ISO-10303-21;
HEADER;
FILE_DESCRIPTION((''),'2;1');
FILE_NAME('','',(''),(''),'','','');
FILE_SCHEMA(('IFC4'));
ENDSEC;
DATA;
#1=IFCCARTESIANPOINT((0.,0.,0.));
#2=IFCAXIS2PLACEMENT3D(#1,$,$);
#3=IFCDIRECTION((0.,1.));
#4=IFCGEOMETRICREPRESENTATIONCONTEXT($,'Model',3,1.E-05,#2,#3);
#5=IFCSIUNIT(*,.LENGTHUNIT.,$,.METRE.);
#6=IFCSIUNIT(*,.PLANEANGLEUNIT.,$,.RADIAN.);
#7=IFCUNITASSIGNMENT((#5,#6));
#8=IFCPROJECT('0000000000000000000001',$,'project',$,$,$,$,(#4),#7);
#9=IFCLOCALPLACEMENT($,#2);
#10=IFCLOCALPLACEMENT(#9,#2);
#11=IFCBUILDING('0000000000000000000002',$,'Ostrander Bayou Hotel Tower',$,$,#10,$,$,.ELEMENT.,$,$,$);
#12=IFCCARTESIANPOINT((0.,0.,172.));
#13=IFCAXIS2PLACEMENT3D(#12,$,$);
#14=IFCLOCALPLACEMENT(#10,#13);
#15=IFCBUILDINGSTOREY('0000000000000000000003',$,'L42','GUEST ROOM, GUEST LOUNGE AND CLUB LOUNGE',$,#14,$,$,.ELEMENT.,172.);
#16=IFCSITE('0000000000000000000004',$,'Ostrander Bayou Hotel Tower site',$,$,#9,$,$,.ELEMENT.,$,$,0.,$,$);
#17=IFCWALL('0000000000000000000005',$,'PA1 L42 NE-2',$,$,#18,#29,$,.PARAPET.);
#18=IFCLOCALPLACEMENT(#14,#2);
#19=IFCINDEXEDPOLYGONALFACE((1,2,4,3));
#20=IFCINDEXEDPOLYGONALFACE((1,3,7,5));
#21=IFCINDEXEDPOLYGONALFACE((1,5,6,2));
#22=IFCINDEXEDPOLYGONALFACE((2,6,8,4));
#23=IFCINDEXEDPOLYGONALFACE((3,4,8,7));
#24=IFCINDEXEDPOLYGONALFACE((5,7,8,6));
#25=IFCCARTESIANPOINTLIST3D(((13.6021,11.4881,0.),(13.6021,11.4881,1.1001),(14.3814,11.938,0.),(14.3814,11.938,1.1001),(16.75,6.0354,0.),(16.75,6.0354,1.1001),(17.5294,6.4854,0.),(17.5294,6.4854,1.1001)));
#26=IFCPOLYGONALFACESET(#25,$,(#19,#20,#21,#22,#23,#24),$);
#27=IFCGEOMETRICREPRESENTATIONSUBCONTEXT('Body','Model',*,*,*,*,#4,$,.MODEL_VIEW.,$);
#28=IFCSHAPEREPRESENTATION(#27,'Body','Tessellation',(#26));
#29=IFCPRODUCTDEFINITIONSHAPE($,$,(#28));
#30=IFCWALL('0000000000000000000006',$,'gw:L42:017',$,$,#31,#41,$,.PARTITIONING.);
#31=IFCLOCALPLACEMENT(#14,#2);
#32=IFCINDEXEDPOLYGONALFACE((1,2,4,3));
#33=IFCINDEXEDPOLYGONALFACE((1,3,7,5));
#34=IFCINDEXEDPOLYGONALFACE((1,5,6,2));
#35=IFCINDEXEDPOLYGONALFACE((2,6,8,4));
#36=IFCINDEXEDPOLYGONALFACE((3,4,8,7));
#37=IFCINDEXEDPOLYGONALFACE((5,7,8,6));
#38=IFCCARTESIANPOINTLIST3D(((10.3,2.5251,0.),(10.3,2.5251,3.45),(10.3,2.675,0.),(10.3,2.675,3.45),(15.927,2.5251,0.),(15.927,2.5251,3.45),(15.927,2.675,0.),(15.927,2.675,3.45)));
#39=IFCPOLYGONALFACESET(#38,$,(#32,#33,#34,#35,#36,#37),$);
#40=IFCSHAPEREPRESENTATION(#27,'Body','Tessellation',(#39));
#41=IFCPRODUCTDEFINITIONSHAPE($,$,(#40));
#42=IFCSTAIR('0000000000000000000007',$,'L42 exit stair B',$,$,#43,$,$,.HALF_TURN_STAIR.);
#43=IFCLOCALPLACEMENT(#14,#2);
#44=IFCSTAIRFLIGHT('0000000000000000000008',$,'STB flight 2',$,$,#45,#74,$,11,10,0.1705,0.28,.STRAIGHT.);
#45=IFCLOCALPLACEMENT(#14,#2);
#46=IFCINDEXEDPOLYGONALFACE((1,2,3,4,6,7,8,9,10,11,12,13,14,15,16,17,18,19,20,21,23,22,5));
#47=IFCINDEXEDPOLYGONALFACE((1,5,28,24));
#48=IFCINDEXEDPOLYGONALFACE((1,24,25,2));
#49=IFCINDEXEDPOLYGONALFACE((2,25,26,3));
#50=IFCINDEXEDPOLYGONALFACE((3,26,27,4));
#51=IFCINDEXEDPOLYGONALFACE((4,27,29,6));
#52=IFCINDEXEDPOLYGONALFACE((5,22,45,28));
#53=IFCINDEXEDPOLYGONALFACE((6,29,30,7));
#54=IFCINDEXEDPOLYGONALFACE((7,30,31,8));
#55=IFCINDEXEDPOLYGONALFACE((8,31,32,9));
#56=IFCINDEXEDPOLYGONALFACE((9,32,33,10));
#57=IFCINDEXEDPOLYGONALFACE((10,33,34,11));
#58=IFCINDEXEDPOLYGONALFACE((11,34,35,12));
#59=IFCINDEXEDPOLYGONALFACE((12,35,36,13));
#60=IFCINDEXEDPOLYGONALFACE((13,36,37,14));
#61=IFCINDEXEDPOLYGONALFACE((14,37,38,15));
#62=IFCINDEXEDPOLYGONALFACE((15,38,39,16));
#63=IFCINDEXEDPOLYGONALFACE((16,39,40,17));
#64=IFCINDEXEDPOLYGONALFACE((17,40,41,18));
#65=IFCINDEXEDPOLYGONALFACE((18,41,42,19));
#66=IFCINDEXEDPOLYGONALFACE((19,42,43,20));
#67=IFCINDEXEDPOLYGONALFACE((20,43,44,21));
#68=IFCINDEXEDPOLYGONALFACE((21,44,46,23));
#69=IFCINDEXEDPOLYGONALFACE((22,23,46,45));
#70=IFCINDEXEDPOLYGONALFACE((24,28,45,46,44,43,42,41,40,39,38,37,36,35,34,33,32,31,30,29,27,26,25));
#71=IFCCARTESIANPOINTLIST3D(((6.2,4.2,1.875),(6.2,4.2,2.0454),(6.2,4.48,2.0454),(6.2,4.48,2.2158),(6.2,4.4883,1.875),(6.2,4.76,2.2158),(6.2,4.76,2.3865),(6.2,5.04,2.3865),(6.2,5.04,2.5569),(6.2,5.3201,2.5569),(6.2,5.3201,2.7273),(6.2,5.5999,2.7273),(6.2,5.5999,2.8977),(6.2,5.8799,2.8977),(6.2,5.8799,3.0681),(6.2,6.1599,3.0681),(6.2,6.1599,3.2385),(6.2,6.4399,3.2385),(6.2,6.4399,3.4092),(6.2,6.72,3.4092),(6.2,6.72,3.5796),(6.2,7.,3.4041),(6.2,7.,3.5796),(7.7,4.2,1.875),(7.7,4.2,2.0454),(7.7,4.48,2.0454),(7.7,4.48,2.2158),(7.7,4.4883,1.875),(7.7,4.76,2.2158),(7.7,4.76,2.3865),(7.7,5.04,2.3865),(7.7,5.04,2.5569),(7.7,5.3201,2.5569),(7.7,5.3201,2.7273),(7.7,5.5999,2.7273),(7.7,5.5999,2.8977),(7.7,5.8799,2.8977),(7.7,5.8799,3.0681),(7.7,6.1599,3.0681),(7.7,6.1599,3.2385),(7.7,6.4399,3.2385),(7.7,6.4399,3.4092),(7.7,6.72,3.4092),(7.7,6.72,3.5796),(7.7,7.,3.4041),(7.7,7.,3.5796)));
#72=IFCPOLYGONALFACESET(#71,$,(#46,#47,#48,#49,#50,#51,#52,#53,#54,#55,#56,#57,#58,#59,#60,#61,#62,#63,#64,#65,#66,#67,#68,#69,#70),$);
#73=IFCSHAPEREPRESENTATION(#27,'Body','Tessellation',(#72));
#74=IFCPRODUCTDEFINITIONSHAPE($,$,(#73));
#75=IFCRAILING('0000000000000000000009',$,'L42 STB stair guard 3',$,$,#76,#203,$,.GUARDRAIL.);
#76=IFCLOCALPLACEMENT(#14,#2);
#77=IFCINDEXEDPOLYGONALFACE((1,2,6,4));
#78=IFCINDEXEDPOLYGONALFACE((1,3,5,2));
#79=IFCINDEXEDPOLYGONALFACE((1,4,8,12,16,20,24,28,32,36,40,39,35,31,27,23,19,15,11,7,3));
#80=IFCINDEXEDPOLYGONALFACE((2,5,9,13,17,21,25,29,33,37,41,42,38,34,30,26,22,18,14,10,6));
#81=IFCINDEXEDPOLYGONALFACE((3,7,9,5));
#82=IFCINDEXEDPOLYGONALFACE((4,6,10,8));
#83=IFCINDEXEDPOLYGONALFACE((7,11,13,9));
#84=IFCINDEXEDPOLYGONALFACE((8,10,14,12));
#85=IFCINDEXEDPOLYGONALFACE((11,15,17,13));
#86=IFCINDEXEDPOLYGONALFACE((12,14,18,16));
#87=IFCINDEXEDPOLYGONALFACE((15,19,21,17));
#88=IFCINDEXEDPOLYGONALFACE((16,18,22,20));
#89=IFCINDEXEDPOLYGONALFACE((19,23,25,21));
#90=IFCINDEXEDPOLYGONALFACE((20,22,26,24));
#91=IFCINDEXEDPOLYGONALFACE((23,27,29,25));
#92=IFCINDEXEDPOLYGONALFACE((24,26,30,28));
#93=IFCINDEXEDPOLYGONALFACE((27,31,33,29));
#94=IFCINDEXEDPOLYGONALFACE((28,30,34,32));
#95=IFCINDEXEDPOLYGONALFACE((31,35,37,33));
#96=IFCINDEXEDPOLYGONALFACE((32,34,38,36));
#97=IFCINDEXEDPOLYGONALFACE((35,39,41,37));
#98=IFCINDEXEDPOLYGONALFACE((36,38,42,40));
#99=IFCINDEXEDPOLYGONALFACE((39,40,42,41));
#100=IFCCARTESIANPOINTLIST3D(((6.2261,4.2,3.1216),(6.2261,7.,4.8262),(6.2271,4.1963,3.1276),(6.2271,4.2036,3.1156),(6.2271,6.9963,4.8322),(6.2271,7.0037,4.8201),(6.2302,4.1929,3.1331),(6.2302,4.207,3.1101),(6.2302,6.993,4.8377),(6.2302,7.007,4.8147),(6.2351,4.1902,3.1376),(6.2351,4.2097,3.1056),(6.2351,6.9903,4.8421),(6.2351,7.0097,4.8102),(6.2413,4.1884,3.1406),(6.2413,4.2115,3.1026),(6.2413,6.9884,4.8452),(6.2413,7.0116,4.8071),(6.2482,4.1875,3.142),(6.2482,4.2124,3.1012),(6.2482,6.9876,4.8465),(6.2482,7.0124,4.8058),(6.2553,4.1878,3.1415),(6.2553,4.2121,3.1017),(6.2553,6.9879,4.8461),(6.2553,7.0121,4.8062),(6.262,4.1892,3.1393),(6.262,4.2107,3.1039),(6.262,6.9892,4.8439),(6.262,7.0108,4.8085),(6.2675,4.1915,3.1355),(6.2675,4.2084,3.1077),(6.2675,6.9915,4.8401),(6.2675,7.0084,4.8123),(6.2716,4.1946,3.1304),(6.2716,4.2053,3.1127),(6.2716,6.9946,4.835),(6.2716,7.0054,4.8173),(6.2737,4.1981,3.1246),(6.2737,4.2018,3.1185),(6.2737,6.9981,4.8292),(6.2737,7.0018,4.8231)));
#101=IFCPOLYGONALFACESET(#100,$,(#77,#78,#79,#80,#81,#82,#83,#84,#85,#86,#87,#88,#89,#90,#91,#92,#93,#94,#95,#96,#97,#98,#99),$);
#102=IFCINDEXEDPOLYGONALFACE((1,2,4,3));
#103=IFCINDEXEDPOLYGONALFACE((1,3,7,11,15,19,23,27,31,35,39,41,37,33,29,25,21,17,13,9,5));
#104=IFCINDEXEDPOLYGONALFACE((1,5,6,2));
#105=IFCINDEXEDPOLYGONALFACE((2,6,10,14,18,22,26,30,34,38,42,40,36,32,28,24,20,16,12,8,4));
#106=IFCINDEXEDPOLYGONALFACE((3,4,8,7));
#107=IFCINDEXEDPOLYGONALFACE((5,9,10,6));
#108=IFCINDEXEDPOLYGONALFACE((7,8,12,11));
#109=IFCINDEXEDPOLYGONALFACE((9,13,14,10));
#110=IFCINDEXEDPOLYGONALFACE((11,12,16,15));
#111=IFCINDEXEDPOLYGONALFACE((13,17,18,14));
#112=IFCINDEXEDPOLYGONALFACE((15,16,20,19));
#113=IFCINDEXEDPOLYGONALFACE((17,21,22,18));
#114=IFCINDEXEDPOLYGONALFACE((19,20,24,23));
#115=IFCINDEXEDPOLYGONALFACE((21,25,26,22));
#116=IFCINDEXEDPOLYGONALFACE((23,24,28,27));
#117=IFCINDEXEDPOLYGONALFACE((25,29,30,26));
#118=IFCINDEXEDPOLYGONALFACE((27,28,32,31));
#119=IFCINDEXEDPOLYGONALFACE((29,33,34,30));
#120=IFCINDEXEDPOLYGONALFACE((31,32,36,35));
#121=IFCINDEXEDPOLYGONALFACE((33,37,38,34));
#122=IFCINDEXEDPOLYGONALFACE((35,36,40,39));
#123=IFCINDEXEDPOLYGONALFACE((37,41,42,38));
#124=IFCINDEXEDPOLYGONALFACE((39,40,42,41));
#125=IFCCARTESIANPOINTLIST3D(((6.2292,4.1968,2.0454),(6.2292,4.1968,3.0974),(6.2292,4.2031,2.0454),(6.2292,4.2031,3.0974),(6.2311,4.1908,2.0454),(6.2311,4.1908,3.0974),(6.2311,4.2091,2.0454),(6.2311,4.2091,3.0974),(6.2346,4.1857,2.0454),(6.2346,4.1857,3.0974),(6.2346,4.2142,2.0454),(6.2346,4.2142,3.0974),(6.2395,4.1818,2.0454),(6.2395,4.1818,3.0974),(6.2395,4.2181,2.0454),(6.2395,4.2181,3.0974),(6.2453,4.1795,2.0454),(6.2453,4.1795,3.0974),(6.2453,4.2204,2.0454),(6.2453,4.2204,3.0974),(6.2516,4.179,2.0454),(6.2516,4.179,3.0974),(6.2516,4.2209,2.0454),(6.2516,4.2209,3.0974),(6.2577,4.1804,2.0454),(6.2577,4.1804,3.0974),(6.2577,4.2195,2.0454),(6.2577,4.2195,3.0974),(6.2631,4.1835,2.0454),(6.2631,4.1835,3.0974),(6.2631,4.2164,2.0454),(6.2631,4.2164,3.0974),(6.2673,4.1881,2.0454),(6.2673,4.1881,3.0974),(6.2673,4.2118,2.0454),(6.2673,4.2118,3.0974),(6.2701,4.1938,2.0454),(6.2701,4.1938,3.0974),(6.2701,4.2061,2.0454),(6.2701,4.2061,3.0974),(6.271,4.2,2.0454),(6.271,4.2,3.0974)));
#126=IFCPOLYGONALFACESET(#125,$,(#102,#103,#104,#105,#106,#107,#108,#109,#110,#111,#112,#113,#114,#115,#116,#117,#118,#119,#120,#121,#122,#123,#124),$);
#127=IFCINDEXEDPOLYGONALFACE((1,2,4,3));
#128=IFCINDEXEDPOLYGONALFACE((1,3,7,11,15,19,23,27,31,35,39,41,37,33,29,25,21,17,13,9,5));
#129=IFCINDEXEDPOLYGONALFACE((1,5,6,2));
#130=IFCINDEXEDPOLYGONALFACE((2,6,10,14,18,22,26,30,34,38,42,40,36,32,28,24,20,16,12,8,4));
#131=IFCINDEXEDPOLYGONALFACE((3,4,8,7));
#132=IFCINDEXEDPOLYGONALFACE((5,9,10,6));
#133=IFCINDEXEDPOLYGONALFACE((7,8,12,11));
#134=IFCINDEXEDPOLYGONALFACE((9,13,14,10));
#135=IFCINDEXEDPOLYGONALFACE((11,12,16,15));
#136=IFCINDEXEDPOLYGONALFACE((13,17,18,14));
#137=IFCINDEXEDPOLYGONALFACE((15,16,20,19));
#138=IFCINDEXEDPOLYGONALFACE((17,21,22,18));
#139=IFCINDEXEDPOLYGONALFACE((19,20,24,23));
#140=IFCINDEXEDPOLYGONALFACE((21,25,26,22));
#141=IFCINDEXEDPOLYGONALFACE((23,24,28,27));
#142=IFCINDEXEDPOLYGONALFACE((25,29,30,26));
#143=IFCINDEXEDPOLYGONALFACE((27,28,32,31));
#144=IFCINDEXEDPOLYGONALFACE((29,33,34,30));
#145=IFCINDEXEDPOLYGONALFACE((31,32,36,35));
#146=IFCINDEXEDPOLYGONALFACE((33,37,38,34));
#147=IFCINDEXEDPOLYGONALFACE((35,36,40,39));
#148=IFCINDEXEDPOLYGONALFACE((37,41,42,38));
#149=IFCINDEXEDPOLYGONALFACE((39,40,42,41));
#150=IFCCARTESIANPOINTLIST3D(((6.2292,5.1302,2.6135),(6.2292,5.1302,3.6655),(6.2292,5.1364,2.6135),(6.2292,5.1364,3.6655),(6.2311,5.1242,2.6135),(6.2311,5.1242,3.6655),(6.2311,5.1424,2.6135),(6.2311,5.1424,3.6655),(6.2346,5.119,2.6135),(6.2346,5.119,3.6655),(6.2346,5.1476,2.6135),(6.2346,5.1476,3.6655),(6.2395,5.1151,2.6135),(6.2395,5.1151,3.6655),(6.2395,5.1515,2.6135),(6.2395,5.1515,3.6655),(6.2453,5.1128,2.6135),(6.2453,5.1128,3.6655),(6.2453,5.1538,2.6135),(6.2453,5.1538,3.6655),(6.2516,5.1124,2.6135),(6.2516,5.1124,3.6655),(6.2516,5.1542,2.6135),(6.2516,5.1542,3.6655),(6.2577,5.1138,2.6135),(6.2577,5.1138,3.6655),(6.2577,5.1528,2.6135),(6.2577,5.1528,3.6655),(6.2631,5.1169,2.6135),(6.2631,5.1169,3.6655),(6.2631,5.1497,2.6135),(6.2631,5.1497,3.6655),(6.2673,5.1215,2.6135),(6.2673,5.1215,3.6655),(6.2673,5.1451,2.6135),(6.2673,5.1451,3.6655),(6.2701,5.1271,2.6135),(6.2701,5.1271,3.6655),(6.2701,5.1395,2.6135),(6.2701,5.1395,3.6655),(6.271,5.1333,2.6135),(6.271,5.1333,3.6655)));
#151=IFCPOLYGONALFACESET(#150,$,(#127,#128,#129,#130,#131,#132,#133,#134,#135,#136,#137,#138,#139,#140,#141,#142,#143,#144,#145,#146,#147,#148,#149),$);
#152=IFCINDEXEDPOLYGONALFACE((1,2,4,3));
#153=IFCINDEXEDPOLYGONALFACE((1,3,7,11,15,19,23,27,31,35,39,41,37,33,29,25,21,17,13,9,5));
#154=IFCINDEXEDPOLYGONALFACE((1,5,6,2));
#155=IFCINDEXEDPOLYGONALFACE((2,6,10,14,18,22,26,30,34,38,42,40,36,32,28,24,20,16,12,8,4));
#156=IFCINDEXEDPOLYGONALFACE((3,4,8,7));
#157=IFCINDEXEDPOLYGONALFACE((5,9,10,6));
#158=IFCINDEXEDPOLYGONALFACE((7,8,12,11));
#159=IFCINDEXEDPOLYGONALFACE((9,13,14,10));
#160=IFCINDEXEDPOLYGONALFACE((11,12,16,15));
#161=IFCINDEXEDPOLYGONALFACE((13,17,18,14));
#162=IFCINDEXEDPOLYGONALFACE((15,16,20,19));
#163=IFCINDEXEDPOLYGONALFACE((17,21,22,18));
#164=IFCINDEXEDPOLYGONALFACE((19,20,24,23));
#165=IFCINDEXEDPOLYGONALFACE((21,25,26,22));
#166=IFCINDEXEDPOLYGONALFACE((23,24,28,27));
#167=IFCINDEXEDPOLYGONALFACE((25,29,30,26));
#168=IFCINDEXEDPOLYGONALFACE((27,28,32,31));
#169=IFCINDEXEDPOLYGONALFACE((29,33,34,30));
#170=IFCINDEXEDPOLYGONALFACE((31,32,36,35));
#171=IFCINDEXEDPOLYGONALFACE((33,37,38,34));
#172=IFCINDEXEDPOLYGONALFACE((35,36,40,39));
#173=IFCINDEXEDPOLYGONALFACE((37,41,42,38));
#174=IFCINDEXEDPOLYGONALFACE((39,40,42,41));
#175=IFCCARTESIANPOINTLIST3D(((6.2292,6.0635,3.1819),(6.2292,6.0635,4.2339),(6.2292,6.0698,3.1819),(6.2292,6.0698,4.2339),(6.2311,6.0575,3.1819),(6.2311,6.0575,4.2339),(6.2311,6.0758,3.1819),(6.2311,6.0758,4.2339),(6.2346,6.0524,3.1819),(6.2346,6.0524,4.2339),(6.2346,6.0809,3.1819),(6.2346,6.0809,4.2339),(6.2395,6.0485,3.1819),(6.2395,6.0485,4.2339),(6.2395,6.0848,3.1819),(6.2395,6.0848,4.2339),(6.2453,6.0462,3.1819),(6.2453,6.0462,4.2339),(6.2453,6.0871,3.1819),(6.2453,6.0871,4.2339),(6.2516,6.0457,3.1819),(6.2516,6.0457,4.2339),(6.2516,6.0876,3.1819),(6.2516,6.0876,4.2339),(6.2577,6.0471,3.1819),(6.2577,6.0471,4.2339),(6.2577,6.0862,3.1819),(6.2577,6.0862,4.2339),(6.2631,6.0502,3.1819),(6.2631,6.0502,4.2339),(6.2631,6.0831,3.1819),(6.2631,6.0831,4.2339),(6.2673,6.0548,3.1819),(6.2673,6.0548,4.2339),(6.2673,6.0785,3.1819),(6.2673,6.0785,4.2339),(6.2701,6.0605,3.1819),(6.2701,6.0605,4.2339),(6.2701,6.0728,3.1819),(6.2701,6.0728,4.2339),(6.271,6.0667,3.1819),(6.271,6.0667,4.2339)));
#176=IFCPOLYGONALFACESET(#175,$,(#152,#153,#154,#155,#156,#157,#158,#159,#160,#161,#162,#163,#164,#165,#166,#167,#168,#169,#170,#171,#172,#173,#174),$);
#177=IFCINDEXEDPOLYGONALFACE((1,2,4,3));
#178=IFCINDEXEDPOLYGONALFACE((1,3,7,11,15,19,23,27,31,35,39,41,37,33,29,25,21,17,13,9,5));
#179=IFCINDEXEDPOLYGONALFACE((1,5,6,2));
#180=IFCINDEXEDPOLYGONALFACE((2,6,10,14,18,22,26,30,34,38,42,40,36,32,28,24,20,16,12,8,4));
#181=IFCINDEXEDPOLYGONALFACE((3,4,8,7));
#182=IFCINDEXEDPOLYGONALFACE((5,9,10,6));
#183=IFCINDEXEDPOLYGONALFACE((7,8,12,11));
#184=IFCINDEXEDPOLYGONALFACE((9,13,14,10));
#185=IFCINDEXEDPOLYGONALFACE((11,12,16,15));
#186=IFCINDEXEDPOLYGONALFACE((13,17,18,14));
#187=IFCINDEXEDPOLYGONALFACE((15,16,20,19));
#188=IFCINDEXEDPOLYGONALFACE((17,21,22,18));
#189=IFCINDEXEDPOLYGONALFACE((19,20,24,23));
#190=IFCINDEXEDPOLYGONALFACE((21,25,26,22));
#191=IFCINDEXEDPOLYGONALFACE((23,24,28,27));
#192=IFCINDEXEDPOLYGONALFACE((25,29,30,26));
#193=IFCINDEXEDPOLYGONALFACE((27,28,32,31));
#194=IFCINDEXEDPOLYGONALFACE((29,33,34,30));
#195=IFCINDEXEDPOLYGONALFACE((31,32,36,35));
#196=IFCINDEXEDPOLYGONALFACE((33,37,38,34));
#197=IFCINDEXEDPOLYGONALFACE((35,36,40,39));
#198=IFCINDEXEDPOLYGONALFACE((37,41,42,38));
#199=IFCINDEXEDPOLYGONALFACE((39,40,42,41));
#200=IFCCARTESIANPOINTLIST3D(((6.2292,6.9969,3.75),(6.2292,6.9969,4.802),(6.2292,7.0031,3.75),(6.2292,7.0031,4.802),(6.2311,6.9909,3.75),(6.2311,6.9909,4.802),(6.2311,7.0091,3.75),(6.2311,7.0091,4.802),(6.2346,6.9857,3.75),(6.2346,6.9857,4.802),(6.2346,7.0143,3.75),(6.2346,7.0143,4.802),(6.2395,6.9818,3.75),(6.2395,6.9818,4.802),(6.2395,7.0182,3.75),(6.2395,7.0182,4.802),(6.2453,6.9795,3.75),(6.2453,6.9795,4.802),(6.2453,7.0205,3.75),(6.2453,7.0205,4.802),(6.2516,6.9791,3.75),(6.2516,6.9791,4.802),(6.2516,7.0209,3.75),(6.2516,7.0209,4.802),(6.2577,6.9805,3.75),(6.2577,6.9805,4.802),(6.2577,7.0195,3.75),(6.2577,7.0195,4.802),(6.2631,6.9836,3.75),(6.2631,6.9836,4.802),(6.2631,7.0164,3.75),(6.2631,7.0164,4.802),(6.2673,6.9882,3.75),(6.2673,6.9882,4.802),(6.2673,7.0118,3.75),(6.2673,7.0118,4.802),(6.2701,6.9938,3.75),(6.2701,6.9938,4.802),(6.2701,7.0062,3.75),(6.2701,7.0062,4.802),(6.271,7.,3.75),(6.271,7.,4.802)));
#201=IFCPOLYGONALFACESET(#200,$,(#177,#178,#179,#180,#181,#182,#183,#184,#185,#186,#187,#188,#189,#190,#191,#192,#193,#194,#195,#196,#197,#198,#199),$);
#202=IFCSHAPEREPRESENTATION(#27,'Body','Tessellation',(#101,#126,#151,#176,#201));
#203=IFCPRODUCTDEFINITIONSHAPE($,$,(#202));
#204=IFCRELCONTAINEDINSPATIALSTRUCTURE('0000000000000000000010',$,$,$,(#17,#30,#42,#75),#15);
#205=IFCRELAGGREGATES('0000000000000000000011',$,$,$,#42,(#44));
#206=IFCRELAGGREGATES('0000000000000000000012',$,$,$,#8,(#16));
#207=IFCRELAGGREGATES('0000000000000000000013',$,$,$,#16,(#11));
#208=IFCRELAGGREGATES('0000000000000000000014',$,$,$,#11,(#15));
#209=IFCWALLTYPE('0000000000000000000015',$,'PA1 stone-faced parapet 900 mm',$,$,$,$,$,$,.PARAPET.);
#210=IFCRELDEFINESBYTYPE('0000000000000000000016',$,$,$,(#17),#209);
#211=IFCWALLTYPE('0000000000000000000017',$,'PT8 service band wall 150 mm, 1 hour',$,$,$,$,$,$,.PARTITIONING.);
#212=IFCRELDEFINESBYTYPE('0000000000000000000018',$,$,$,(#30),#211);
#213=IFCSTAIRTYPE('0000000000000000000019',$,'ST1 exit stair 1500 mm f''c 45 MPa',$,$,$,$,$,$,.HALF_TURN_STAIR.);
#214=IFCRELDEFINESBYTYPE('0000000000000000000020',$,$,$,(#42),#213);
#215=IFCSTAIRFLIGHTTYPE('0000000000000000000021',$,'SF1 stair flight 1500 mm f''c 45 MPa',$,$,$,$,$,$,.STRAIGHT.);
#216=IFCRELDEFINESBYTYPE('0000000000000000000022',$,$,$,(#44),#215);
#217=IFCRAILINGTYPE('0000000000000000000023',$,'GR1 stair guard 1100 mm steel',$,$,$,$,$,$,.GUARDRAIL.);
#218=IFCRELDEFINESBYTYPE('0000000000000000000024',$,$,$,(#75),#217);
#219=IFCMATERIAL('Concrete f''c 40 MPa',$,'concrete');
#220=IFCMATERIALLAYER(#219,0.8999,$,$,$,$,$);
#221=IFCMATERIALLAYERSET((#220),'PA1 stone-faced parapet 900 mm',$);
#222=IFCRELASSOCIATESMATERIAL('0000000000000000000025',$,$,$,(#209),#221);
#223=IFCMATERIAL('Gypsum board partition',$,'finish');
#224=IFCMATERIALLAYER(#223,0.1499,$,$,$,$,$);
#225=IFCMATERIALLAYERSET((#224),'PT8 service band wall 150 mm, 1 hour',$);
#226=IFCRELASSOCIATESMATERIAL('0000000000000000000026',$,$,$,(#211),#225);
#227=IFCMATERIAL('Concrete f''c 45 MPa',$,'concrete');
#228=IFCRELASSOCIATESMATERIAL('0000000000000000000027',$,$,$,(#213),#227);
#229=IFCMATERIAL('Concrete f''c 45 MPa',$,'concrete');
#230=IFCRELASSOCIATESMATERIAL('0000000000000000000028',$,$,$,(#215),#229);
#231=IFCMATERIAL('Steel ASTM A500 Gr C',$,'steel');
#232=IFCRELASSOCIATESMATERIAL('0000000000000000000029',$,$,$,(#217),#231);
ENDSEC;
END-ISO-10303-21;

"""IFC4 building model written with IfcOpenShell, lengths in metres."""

from ifc_helpers import new_model, si_unit, direction, frame, frame_2d, origin, origin_2d, place, context, subcontext, project, spatial, polyline, rectangle, circle, outline, extrude, material, layer, layer_set, type_object, element, aggregate, save


model = new_model("IFC4")

# Units and contexts
model_context = context("Model", 3, precision=1e-05, world=origin(), true_north=direction((0.0, 1.0)))
body_context = subcontext(model_context, "Body", "Model", "MODEL_VIEW")
ifc_project = project(units=[si_unit("LENGTHUNIT", "METRE"), si_unit("PLANEANGLEUNIT", "RADIAN")], contexts=[model_context])

# Site, building, storey
site_placement = place(None, origin())
site = spatial("IfcSite", under=ifc_project, at=site_placement, Name="Ostrander Bayou Hotel Tower site", CompositionType="ELEMENT", RefElevation=0.0)
building_placement = place(site_placement, origin())
building = spatial("IfcBuilding", under=site, at=building_placement, Name="Ostrander Bayou Hotel Tower", CompositionType="ELEMENT")
storey_placement = place(building_placement, frame((0.0, 0.0, 172.0)))
storey = spatial("IfcBuildingStorey", under=building, at=storey_placement, Name="L42", Description="GUEST ROOM, GUEST LOUNGE AND CLUB LOUNGE", CompositionType="ELEMENT", Elevation=172.0)

# Walls
ifc_material_1 = material(Name="Concrete f'c 40 MPa", Category="concrete")
ifc_layer_1 = layer(ifc_material_1, 0.8999)
ifc_layer_set_1 = layer_set([ifc_layer_1], Name="PA1 stone-faced parapet 900 mm")
wall_type_1 = type_object("IfcWallType", Name="PA1 stone-faced parapet 900 mm", PredefinedType="PARAPET", material=ifc_layer_set_1)
wall_1_placement = place(storey_placement, frame((17.1396, 6.2605, 0.0), z_axis=(0.0, 0.0, 1.0), x_axis=(-0.499984, 0.866034, 0.0)))
element("IfcWall", 1, at=wall_1_placement, inside=storey, type_object=wall_type_1, Name="PA1 L42 NE-2", PredefinedType="PARAPET", context=body_context, shape_type="SweptSolid", body=[
    extrude(rectangle(XDim=6.2961, YDim=0.8999, at=frame_2d((3.1479, 0.0))), origin(), (0.0, 0.0, 1.0), 1.1001),
])
ifc_material_2 = material(Name="Gypsum board partition", Category="finish")
ifc_layer_2 = layer(ifc_material_2, 0.1499)
ifc_layer_set_2 = layer_set([ifc_layer_2], Name="PT8 service band wall 150 mm, 1 hour")
wall_type_2 = type_object("IfcWallType", Name="PT8 service band wall 150 mm, 1 hour", PredefinedType="PARTITIONING", material=ifc_layer_set_2)
wall_2_placement = place(storey_placement, frame((10.3, 2.6001, 0.0), z_axis=(0.0, 0.0, 1.0), x_axis=(1.0, 0.0, 0.0)))
element("IfcWall", 2, at=wall_2_placement, inside=storey, type_object=wall_type_2, Name="gw:L42:017", PredefinedType="PARTITIONING", context=body_context, shape_type="SweptSolid", body=[
    extrude(rectangle(XDim=5.627, YDim=0.1499, at=frame_2d((2.8135, 0.0))), origin(), (0.0, 0.0, 1.0), 3.45),
])

# Stair, stair flight
ifc_material_3 = material(Name="Concrete f'c 45 MPa", Category="concrete")
stair_type = type_object("IfcStairType", Name="ST1 exit stair 1500 mm f'c 45 MPa", PredefinedType="HALF_TURN_STAIR", material=ifc_material_3)
stair_placement = place(storey_placement, origin())
stair = element("IfcStair", 3, at=stair_placement, inside=storey, type_object=stair_type, Name="L42 exit stair B", PredefinedType="HALF_TURN_STAIR")
ifc_material_4 = material(Name="Concrete f'c 45 MPa", Category="concrete")
stair_flight_type = type_object("IfcStairFlightType", Name="SF1 stair flight 1500 mm f'c 45 MPa", PredefinedType="STRAIGHT", material=ifc_material_4)
stair_flight_placement = place(storey_placement, frame((6.95, 4.2, 1.875), z_axis=(0.0, 0.0, 1.0), x_axis=(0.0, 1.0, 0.0)))
stair_flight = element("IfcStairFlight", 4, at=stair_flight_placement, type_object=stair_flight_type, Name="STB flight 2", NumberOfRisers=11, NumberOfTreads=10, PredefinedType="STRAIGHT", RiserHeight=0.1705, TreadLength=0.28, context=body_context, shape_type="SweptSolid", body=[
    extrude(outline(polyline([(0.0, 0.0), (0.0, 0.1704), (0.28, 0.1704), (0.28, 0.3408), (0.5601, 0.3408), (0.5601, 0.5115), (0.8401, 0.5115), (0.8401, 0.6819), (1.1201, 0.6819), (1.1201, 0.8523), (1.3999, 0.8523), (1.3999, 1.0227), (1.6799, 1.0227), (1.6799, 1.1931), (1.96, 1.1931), (1.96, 1.3635), (2.24, 1.3635), (2.24, 1.5342), (2.52, 1.5342), (2.52, 1.7046), (2.8, 1.7046), (2.8, 1.875), (2.8, 1.5291), (0.2883, 0.0), (0.0, 0.0)])), frame((0.0, 0.75, 0.0), z_axis=(0.0, -1.0, 0.0), x_axis=(1.0, 0.0, 0.0)), (0.0, 0.0, 1.0), 1.5),
])
aggregate(stair, [stair_flight])

# Railing
ifc_material_5 = material(Name="Steel ASTM A500 Gr C", Category="steel")
railing_type_1 = type_object("IfcRailingType", Name="GR1 stair guard 1100 mm steel", PredefinedType="GUARDRAIL", material=ifc_material_5)
railing_1_placement = place(storey_placement, frame((6.25, 4.2, 2.0454)))
element("IfcRailing", 5, at=railing_1_placement, inside=storey, type_object=railing_type_1, Name="L42 STB stair guard 3", PredefinedType="GUARDRAIL", context=body_context, shape_type="SweptSolid", body=[
    extrude(circle(Radius=0.0239, at=origin_2d()), frame((0.0, 0.0, 1.0762), z_axis=(0.0, 0.85417, 0.519994), x_axis=(-1.0, 0.0, 0.0)), (0.0, 0.0, 1.0), 3.2781),
    extrude(circle(Radius=0.021, at=origin_2d()), origin(), (0.0, 0.0, 1.0), 1.052),
    extrude(circle(Radius=0.021, at=origin_2d()), frame((0.0, 0.9333, 0.5681)), (0.0, 0.0, 1.0), 1.052),
    extrude(circle(Radius=0.021, at=origin_2d()), frame((0.0, 1.8667, 1.1365)), (0.0, 0.0, 1.0), 1.052),
    extrude(circle(Radius=0.021, at=origin_2d()), frame((0.0, 2.8, 1.7046)), (0.0, 0.0, 1.0), 1.052),
])

save(model, "model.ifc")
